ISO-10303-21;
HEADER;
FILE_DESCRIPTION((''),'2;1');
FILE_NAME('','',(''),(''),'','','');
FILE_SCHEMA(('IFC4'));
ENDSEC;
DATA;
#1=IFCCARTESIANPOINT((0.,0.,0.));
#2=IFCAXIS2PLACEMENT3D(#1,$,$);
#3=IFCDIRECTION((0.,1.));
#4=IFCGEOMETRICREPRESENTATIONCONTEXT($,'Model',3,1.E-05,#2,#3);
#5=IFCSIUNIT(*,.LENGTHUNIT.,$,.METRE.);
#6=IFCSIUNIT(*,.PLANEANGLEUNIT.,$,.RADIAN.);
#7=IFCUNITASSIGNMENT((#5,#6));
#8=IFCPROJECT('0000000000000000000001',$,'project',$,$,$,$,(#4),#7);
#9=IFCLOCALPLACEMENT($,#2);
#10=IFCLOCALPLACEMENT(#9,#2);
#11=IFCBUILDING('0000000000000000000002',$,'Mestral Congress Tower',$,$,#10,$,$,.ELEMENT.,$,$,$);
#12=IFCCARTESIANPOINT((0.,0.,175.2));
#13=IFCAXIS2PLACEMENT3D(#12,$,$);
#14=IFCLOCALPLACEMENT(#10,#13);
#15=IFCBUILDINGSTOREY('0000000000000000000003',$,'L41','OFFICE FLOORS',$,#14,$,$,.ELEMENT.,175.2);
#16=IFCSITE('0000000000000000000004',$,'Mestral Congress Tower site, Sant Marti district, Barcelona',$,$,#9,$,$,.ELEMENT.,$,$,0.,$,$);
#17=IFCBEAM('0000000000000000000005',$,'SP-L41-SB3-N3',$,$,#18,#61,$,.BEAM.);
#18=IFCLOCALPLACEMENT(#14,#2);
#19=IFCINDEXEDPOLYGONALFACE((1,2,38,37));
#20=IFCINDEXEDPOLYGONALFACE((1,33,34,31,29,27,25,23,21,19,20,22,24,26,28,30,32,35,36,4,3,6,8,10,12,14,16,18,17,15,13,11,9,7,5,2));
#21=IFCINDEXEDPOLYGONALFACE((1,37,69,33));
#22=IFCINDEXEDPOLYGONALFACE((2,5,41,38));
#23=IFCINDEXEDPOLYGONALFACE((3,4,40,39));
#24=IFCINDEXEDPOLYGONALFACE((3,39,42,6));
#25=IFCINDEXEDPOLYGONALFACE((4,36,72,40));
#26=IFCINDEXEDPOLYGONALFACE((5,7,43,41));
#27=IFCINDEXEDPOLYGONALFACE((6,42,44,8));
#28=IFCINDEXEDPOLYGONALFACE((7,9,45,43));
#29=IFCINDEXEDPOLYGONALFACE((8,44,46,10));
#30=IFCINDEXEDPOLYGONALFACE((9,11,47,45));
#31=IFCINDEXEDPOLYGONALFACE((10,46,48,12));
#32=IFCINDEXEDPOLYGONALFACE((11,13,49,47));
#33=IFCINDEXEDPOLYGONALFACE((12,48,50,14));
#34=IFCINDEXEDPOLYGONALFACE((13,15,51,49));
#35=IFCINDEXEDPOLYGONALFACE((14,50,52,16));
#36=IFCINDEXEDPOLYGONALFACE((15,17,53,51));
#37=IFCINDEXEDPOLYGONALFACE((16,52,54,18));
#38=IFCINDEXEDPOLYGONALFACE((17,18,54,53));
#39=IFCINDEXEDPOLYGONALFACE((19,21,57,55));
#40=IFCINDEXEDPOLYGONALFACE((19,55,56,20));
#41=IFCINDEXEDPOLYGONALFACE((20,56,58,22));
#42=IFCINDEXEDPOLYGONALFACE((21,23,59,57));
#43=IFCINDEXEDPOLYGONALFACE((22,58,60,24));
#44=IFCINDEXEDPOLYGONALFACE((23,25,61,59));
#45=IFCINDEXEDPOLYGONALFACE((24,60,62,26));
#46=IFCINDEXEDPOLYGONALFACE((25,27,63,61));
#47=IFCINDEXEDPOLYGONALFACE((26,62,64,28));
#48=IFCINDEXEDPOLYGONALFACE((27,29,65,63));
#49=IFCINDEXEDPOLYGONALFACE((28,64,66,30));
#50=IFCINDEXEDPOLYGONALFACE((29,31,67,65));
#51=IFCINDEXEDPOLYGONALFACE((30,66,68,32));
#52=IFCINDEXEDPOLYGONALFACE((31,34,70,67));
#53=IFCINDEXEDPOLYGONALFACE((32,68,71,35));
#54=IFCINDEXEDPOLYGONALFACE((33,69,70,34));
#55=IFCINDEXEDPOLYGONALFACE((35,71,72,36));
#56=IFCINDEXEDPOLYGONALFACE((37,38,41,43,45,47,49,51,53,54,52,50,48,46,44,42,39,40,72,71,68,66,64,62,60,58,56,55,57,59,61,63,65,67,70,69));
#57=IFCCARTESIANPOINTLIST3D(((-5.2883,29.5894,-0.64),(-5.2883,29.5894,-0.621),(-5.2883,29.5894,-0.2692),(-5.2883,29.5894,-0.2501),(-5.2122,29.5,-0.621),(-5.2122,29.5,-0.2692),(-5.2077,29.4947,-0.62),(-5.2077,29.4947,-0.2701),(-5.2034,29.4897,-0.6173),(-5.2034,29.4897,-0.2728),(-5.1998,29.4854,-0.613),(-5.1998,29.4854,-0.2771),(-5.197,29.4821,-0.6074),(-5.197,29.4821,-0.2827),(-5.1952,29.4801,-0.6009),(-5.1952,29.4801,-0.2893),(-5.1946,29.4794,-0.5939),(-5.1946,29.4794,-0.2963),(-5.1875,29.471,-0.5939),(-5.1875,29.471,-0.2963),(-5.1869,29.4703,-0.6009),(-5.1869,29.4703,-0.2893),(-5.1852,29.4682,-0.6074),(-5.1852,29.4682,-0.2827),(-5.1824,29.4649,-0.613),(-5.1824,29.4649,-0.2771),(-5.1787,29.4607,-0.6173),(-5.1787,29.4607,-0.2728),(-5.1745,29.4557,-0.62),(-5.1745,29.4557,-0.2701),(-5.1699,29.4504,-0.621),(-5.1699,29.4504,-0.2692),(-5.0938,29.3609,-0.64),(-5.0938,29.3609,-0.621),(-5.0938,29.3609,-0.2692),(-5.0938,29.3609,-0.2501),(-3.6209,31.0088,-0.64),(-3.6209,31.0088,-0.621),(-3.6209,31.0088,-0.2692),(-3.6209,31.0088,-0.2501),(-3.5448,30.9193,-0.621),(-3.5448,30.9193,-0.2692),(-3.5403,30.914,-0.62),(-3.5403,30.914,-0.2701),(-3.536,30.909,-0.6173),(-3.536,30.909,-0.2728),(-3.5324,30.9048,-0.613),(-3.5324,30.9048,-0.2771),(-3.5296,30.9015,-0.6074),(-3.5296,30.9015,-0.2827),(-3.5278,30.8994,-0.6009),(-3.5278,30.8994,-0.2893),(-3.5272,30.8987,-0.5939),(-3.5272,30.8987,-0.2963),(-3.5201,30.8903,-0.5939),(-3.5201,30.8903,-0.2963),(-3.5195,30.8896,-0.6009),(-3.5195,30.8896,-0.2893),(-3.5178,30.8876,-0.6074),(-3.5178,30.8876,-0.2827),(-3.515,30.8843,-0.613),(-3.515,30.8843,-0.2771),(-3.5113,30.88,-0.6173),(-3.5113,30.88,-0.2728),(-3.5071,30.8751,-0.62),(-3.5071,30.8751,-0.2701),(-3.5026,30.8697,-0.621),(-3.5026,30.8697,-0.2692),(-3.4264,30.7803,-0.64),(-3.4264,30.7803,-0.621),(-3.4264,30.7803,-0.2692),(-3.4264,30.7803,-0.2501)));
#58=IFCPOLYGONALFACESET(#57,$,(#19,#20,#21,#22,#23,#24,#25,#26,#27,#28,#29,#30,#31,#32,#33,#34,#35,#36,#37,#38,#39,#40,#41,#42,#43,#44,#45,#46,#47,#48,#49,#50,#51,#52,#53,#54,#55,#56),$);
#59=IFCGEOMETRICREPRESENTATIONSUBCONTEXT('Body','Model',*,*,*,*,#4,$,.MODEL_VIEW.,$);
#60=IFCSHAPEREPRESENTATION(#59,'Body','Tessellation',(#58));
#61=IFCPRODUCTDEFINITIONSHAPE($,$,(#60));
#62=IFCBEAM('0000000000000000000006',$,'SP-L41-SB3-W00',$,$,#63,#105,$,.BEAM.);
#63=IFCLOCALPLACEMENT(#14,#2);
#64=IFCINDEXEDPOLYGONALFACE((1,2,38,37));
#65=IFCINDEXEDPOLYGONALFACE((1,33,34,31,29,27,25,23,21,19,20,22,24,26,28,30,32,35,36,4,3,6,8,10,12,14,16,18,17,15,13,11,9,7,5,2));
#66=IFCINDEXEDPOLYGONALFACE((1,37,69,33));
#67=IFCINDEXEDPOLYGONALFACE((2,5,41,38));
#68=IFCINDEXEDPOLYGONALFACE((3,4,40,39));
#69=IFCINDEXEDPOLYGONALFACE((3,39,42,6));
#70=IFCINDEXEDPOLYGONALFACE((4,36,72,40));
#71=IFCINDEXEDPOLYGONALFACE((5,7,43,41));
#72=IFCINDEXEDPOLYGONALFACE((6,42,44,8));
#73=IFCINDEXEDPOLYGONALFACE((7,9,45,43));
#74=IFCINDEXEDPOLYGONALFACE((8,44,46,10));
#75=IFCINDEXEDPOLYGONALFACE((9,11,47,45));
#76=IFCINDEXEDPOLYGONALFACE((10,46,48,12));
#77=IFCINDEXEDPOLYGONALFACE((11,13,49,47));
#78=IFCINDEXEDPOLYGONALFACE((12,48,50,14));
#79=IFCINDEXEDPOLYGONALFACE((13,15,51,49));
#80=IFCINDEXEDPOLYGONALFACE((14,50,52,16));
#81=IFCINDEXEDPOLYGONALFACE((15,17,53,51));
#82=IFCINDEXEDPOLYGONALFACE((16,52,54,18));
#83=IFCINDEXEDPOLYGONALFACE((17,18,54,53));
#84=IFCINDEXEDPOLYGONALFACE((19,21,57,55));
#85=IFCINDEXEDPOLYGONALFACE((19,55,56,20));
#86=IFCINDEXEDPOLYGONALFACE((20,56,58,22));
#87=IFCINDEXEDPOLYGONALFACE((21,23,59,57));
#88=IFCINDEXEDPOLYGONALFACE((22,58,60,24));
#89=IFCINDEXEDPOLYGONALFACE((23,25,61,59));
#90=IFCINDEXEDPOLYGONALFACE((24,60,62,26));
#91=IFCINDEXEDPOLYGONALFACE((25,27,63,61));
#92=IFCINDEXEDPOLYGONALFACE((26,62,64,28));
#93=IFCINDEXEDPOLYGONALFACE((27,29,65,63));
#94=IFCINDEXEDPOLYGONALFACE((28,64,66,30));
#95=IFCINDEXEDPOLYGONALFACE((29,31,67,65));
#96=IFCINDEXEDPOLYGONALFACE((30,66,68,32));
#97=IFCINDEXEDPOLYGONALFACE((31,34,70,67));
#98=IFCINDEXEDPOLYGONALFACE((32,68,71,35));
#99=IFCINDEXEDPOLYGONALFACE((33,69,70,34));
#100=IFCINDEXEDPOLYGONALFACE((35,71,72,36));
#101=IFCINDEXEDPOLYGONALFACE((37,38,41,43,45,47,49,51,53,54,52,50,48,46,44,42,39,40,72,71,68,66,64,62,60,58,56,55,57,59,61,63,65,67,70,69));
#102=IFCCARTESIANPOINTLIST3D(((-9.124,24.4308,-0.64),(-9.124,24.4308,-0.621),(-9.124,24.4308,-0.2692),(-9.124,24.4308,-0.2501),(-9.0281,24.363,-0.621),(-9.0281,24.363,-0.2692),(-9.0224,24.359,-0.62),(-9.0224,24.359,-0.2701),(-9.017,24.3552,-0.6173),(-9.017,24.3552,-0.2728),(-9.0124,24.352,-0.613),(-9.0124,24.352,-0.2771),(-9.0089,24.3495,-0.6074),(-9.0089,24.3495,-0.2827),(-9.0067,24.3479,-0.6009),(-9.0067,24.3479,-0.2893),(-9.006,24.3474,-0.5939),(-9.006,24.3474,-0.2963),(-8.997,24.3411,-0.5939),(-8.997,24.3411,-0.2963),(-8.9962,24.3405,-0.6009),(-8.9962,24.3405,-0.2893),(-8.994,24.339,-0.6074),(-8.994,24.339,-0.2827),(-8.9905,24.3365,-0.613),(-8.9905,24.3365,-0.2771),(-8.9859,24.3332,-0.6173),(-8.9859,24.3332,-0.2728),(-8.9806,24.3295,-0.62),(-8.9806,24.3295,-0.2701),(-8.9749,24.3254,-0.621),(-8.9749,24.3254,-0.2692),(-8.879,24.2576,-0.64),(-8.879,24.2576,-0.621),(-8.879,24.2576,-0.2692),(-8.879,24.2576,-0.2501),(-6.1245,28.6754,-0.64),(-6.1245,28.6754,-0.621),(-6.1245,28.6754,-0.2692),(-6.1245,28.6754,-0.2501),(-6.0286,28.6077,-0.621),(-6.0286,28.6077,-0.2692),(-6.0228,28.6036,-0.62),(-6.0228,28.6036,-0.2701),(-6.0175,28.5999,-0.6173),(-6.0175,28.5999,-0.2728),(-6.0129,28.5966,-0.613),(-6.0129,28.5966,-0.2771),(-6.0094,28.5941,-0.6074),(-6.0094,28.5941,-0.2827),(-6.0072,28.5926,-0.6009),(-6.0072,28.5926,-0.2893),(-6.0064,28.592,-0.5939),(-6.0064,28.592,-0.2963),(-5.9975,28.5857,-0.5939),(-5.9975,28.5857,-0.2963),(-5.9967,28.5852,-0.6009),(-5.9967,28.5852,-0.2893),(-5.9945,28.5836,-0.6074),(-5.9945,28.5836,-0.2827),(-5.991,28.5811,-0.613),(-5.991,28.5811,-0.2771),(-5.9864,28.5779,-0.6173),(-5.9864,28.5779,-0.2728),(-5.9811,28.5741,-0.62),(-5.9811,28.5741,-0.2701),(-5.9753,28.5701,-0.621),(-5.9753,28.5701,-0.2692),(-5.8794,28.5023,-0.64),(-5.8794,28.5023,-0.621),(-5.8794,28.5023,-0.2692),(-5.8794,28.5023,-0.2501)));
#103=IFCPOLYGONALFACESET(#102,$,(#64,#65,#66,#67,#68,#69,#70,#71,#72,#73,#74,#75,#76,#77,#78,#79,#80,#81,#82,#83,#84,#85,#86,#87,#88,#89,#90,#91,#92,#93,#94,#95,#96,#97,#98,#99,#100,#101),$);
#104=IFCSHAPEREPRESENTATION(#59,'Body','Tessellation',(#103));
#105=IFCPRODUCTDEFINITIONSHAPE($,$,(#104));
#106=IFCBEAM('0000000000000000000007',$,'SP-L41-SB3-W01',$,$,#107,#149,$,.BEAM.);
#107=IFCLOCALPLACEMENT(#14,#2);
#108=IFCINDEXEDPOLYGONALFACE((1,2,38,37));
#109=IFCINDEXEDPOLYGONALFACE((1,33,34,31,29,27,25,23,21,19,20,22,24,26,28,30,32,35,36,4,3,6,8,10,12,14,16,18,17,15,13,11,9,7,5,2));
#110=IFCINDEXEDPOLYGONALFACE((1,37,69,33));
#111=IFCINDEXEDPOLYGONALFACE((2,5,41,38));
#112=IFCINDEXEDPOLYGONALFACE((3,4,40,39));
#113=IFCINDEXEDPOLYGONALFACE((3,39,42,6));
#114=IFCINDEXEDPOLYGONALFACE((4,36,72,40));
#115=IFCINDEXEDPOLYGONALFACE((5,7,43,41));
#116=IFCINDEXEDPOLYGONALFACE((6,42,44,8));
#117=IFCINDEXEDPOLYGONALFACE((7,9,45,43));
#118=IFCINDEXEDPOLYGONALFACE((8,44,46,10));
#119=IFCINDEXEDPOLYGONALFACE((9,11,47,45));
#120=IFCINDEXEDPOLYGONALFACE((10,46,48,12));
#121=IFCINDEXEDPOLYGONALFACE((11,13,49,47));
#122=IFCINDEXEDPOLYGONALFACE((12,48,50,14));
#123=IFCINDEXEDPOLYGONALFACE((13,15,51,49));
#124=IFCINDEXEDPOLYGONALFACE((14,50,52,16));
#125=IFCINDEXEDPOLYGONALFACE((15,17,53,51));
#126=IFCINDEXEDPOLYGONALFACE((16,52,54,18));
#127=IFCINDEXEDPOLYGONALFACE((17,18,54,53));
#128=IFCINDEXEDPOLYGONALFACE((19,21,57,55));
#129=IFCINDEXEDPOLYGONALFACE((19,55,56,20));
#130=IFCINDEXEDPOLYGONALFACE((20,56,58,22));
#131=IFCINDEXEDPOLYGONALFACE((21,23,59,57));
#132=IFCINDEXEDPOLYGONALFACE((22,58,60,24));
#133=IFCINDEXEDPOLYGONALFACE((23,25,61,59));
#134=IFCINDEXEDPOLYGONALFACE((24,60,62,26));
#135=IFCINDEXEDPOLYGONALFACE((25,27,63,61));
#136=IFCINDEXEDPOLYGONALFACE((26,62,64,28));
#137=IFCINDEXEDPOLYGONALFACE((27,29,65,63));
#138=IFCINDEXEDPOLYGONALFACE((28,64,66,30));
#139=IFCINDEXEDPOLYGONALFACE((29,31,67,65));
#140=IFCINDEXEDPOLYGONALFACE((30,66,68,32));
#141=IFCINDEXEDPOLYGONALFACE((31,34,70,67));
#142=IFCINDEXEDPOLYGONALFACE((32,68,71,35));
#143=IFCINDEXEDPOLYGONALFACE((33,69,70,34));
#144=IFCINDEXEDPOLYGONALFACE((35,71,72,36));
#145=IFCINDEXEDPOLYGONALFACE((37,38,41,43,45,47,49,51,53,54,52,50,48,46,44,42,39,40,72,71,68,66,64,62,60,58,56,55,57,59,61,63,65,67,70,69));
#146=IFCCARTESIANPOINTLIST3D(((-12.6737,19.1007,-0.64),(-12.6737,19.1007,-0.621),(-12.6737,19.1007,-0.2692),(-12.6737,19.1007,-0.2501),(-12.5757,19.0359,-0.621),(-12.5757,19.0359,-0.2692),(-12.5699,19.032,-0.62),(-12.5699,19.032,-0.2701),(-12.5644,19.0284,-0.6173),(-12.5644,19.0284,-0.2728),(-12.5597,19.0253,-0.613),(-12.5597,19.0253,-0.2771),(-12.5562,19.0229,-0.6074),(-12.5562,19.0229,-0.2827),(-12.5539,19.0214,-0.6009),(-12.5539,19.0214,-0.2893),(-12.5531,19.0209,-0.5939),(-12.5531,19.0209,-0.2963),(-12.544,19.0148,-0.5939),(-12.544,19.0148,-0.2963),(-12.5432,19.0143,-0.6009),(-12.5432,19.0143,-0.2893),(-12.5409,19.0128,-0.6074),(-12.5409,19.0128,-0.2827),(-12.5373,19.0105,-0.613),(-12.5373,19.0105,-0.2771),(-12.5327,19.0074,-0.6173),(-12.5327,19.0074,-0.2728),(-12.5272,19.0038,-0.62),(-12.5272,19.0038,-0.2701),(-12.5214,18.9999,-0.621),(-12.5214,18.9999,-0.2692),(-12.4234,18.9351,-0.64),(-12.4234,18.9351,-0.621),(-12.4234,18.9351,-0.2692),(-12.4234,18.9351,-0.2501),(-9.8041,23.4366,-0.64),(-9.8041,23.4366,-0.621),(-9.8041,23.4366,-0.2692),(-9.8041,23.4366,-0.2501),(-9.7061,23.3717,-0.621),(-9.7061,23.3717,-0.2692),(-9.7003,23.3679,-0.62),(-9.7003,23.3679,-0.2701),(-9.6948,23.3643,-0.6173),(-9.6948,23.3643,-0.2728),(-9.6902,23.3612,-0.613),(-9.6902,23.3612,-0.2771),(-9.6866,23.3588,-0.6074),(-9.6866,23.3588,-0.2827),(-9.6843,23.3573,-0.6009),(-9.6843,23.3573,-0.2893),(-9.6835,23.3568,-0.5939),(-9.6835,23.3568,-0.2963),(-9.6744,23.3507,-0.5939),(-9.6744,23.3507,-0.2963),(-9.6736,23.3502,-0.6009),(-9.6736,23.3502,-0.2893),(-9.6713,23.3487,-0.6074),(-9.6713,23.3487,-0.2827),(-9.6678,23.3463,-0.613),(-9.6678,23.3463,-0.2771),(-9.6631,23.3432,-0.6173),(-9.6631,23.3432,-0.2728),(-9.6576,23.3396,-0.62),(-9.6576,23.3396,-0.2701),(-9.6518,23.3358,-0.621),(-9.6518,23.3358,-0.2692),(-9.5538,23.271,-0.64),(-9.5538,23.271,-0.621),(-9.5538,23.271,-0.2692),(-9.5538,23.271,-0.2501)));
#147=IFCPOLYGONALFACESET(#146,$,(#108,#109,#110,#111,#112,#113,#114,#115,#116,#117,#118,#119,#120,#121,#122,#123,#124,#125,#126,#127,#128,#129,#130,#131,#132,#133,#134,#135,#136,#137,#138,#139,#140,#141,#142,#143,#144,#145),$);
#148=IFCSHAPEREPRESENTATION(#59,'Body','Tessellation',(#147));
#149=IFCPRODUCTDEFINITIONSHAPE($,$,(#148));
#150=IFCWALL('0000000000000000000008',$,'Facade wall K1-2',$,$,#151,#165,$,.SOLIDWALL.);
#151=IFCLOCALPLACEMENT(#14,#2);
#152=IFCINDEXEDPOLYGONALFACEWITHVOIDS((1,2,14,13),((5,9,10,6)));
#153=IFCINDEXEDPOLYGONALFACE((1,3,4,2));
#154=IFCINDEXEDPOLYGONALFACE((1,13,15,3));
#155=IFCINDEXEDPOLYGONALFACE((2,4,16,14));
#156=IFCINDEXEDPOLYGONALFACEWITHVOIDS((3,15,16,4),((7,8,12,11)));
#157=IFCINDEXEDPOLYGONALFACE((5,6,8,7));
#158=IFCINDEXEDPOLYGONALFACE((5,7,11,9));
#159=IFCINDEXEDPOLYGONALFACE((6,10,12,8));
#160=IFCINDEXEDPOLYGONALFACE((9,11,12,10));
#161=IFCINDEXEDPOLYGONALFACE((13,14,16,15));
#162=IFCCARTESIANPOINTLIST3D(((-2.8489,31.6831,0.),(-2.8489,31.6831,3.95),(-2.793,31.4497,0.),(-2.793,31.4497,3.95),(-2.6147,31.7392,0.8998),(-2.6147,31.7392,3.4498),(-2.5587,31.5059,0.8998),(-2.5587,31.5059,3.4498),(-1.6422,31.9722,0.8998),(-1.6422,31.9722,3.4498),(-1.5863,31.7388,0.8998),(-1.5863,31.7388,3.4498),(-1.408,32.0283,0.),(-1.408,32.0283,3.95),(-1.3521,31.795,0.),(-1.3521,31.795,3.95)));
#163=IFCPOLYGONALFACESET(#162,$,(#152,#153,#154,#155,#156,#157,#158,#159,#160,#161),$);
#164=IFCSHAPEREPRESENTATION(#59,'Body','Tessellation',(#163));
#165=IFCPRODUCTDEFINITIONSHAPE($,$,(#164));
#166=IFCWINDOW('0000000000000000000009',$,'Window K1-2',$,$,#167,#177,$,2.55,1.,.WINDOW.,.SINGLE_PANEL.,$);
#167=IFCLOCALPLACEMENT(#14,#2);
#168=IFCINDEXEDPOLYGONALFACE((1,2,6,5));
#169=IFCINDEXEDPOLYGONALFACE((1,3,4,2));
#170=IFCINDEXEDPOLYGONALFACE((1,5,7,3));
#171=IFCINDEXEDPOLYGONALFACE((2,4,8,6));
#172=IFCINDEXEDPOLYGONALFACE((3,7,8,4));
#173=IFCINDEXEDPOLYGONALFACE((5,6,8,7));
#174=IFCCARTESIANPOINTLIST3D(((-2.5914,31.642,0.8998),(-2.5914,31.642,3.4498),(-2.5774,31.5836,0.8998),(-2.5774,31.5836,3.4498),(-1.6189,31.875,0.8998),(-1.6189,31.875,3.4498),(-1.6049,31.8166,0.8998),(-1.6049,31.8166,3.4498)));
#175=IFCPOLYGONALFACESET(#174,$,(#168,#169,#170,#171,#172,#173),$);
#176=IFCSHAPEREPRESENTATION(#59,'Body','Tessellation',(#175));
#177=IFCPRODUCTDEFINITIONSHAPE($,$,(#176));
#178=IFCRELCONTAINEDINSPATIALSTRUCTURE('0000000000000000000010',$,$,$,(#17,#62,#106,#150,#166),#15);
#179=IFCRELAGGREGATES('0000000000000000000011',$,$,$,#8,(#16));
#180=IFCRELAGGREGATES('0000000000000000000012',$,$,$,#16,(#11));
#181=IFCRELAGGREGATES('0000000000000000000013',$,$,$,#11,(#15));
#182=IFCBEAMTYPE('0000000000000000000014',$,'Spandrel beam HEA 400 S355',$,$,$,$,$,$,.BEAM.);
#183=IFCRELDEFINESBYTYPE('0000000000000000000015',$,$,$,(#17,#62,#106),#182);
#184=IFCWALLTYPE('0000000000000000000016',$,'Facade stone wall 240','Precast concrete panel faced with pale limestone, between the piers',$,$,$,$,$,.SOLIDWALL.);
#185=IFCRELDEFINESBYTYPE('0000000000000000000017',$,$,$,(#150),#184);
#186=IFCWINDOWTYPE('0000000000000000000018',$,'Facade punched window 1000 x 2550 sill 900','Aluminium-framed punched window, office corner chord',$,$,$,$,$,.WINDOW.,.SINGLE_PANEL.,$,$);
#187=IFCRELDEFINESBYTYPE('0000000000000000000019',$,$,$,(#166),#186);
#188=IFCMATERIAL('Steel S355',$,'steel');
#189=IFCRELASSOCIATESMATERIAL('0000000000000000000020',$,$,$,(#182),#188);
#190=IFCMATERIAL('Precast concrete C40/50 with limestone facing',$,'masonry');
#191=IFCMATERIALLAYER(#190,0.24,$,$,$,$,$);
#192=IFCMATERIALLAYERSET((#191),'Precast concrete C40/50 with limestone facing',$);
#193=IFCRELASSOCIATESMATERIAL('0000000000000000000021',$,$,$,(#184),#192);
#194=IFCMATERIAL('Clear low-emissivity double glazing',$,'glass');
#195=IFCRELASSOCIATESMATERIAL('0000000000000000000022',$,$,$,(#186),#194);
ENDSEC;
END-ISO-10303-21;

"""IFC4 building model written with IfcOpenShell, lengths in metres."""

from ifc_helpers import new_model, si_unit, direction, frame, frame_2d, origin, origin_2d, place, context, subcontext, project, spatial, rectangle, i_section, extrude, material, layer, layer_set, material_profile, profile_set, type_object, element, fill, save


model = new_model("IFC4")

# Units and contexts
model_context = context("Model", 3, precision=1e-05, world=origin(), true_north=direction((0.0, 1.0)))
body_context = subcontext(model_context, "Body", "Model", "MODEL_VIEW")
ifc_project = project(units=[si_unit("LENGTHUNIT", "METRE"), si_unit("PLANEANGLEUNIT", "RADIAN")], contexts=[model_context])

# Site, building, storey
site_placement = place(None, origin())
site = spatial("IfcSite", under=ifc_project, at=site_placement, Name="Mestral Congress Tower site, Sant Marti district, Barcelona", CompositionType="ELEMENT", RefElevation=0.0)
building_placement = place(site_placement, origin())
building = spatial("IfcBuilding", under=site, at=building_placement, Name="Mestral Congress Tower", CompositionType="ELEMENT")
storey_placement = place(building_placement, frame((0.0, 0.0, 175.2)))
storey = spatial("IfcBuildingStorey", under=building, at=storey_placement, Name="L41", Description="OFFICE FLOORS", CompositionType="ELEMENT", Elevation=175.2)

# Beams
ifc_material_1 = material(Name="Steel S355", Category="steel")
ifc_material_profile_1 = material_profile(ifc_material_1, i_section(OverallWidth=0.3, OverallDepth=0.3899, WebThickness=0.011, FlangeThickness=0.019, FilletRadius=0.0271, at=origin_2d()), Name="HEA 400")
ifc_profile_set_1 = profile_set([ifc_material_profile_1], Name="Steel S355")
beam_type_1 = type_object("IfcBeamType", Name="Spandrel beam HEA 400 S355", PredefinedType="BEAM", material=ifc_profile_set_1)
beam_1_placement = place(storey_placement, frame((-3.5237, 30.8945, -0.4451), z_axis=(-0.761471, -0.648198, 0.0), x_axis=(0.648198, -0.761471, 0.0)))
element("IfcBeam", 1, at=beam_1_placement, inside=storey, type_object=beam_type_1, Name="SP-L41-SB3-N3", PredefinedType="BEAM", context=body_context, shape_type="SweptSolid", body=[
    extrude(i_section(OverallWidth=0.3, OverallDepth=0.3899, WebThickness=0.011, FlangeThickness=0.019, FilletRadius=0.0271, at=origin_2d()), origin(), (0.0, 0.0, 1.0), 2.1897),
])
beam_2_placement = place(storey_placement, frame((-6.002, 28.5889, -0.4451), z_axis=(-0.577107, -0.816668, 0.0), x_axis=(0.816668, -0.577107, 0.0)))
element("IfcBeam", 2, at=beam_2_placement, inside=storey, type_object=beam_type_1, Name="SP-L41-SB3-W00", PredefinedType="BEAM", context=body_context, shape_type="SweptSolid", body=[
    extrude(i_section(OverallWidth=0.3, OverallDepth=0.3899, WebThickness=0.011, FlangeThickness=0.019, FilletRadius=0.0271, at=origin_2d()), origin(), (0.0, 0.0, 1.0), 5.1975),
])
beam_3_placement = place(storey_placement, frame((-9.679, 23.3538, -0.4451), z_axis=(-0.551901, -0.833909, 0.0), x_axis=(0.833909, -0.551901, 0.0)))
element("IfcBeam", 3, at=beam_3_placement, inside=storey, type_object=beam_type_1, Name="SP-L41-SB3-W01", PredefinedType="BEAM", context=body_context, shape_type="SweptSolid", body=[
    extrude(i_section(OverallWidth=0.3, OverallDepth=0.3899, WebThickness=0.011, FlangeThickness=0.019, FilletRadius=0.0271, at=origin_2d()), origin(), (0.0, 0.0, 1.0), 5.1995),
])

# Wall, opening, window
ifc_material_2 = material(Name="Precast concrete C40/50 with limestone facing", Category="masonry")
ifc_layer_1 = layer(ifc_material_2, 0.24)
ifc_layer_set_1 = layer_set([ifc_layer_1], Name="Precast concrete C40/50 with limestone facing")
wall_type_1 = type_object("IfcWallType", Name="Facade stone wall 240", Description="Precast concrete panel faced with pale limestone, between the piers", PredefinedType="SOLIDWALL", material=ifc_layer_set_1)
wall_1_placement = place(storey_placement, frame((-1.3801, 31.9116, 0.0), z_axis=(0.0, 0.0, 1.0), x_axis=(-0.97248, -0.232987, 0.0)))
wall_1 = element("IfcWall", 4, at=wall_1_placement, inside=storey, type_object=wall_type_1, Name="Facade wall K1-2", PredefinedType="SOLIDWALL", context=body_context, shape_type="SweptSolid", body=[
    extrude(rectangle(XDim=1.4817, YDim=0.24, at=frame_2d((0.7407, 0.0))), origin(), (0.0, 0.0, 1.0), 3.95),
])
opening_1_placement = place(wall_1_placement, frame((0.2407, 0.0, 0.8999)))
opening_1 = element("IfcOpeningElement", 5, at=opening_1_placement, cuts=wall_1, PredefinedType="OPENING", context=body_context, shape_type="SweptSolid", body=[
    extrude(rectangle(XDim=1.0, YDim=2.55, at=frame_2d((0.5, 1.2749))), frame((0.0, 0.1299, 0.0), z_axis=(0.0, -1.0, 0.0), x_axis=(1.0, 0.0, 0.0)), (0.0, 0.0, 1.0), 0.26),
])
ifc_material_3 = material(Name="Clear low-emissivity double glazing", Category="glass")
window_type_1 = type_object("IfcWindowType", Name="Facade punched window 1000 x 2550 sill 900", Description="Aluminium-framed punched window, office corner chord", PartitioningType="SINGLE_PANEL", PredefinedType="WINDOW", material=ifc_material_3)
window_1_placement = place(opening_1_placement, origin())
window_1 = element("IfcWindow", 6, at=window_1_placement, inside=storey, type_object=window_type_1, Name="Window K1-2", OverallHeight=2.55, OverallWidth=1.0, PartitioningType="SINGLE_PANEL", PredefinedType="WINDOW", context=body_context, shape_type="SweptSolid", body=[
    extrude(rectangle(XDim=1.0, YDim=2.55, at=frame_2d((0.5, 1.2749))), frame((0.0, 0.04, 0.0), z_axis=(0.0, -1.0, 0.0), x_axis=(1.0, 0.0, 0.0)), (0.0, 0.0, 1.0), 0.0601),
])
fill(opening_1, window_1)

save(model, "model.ifc")
